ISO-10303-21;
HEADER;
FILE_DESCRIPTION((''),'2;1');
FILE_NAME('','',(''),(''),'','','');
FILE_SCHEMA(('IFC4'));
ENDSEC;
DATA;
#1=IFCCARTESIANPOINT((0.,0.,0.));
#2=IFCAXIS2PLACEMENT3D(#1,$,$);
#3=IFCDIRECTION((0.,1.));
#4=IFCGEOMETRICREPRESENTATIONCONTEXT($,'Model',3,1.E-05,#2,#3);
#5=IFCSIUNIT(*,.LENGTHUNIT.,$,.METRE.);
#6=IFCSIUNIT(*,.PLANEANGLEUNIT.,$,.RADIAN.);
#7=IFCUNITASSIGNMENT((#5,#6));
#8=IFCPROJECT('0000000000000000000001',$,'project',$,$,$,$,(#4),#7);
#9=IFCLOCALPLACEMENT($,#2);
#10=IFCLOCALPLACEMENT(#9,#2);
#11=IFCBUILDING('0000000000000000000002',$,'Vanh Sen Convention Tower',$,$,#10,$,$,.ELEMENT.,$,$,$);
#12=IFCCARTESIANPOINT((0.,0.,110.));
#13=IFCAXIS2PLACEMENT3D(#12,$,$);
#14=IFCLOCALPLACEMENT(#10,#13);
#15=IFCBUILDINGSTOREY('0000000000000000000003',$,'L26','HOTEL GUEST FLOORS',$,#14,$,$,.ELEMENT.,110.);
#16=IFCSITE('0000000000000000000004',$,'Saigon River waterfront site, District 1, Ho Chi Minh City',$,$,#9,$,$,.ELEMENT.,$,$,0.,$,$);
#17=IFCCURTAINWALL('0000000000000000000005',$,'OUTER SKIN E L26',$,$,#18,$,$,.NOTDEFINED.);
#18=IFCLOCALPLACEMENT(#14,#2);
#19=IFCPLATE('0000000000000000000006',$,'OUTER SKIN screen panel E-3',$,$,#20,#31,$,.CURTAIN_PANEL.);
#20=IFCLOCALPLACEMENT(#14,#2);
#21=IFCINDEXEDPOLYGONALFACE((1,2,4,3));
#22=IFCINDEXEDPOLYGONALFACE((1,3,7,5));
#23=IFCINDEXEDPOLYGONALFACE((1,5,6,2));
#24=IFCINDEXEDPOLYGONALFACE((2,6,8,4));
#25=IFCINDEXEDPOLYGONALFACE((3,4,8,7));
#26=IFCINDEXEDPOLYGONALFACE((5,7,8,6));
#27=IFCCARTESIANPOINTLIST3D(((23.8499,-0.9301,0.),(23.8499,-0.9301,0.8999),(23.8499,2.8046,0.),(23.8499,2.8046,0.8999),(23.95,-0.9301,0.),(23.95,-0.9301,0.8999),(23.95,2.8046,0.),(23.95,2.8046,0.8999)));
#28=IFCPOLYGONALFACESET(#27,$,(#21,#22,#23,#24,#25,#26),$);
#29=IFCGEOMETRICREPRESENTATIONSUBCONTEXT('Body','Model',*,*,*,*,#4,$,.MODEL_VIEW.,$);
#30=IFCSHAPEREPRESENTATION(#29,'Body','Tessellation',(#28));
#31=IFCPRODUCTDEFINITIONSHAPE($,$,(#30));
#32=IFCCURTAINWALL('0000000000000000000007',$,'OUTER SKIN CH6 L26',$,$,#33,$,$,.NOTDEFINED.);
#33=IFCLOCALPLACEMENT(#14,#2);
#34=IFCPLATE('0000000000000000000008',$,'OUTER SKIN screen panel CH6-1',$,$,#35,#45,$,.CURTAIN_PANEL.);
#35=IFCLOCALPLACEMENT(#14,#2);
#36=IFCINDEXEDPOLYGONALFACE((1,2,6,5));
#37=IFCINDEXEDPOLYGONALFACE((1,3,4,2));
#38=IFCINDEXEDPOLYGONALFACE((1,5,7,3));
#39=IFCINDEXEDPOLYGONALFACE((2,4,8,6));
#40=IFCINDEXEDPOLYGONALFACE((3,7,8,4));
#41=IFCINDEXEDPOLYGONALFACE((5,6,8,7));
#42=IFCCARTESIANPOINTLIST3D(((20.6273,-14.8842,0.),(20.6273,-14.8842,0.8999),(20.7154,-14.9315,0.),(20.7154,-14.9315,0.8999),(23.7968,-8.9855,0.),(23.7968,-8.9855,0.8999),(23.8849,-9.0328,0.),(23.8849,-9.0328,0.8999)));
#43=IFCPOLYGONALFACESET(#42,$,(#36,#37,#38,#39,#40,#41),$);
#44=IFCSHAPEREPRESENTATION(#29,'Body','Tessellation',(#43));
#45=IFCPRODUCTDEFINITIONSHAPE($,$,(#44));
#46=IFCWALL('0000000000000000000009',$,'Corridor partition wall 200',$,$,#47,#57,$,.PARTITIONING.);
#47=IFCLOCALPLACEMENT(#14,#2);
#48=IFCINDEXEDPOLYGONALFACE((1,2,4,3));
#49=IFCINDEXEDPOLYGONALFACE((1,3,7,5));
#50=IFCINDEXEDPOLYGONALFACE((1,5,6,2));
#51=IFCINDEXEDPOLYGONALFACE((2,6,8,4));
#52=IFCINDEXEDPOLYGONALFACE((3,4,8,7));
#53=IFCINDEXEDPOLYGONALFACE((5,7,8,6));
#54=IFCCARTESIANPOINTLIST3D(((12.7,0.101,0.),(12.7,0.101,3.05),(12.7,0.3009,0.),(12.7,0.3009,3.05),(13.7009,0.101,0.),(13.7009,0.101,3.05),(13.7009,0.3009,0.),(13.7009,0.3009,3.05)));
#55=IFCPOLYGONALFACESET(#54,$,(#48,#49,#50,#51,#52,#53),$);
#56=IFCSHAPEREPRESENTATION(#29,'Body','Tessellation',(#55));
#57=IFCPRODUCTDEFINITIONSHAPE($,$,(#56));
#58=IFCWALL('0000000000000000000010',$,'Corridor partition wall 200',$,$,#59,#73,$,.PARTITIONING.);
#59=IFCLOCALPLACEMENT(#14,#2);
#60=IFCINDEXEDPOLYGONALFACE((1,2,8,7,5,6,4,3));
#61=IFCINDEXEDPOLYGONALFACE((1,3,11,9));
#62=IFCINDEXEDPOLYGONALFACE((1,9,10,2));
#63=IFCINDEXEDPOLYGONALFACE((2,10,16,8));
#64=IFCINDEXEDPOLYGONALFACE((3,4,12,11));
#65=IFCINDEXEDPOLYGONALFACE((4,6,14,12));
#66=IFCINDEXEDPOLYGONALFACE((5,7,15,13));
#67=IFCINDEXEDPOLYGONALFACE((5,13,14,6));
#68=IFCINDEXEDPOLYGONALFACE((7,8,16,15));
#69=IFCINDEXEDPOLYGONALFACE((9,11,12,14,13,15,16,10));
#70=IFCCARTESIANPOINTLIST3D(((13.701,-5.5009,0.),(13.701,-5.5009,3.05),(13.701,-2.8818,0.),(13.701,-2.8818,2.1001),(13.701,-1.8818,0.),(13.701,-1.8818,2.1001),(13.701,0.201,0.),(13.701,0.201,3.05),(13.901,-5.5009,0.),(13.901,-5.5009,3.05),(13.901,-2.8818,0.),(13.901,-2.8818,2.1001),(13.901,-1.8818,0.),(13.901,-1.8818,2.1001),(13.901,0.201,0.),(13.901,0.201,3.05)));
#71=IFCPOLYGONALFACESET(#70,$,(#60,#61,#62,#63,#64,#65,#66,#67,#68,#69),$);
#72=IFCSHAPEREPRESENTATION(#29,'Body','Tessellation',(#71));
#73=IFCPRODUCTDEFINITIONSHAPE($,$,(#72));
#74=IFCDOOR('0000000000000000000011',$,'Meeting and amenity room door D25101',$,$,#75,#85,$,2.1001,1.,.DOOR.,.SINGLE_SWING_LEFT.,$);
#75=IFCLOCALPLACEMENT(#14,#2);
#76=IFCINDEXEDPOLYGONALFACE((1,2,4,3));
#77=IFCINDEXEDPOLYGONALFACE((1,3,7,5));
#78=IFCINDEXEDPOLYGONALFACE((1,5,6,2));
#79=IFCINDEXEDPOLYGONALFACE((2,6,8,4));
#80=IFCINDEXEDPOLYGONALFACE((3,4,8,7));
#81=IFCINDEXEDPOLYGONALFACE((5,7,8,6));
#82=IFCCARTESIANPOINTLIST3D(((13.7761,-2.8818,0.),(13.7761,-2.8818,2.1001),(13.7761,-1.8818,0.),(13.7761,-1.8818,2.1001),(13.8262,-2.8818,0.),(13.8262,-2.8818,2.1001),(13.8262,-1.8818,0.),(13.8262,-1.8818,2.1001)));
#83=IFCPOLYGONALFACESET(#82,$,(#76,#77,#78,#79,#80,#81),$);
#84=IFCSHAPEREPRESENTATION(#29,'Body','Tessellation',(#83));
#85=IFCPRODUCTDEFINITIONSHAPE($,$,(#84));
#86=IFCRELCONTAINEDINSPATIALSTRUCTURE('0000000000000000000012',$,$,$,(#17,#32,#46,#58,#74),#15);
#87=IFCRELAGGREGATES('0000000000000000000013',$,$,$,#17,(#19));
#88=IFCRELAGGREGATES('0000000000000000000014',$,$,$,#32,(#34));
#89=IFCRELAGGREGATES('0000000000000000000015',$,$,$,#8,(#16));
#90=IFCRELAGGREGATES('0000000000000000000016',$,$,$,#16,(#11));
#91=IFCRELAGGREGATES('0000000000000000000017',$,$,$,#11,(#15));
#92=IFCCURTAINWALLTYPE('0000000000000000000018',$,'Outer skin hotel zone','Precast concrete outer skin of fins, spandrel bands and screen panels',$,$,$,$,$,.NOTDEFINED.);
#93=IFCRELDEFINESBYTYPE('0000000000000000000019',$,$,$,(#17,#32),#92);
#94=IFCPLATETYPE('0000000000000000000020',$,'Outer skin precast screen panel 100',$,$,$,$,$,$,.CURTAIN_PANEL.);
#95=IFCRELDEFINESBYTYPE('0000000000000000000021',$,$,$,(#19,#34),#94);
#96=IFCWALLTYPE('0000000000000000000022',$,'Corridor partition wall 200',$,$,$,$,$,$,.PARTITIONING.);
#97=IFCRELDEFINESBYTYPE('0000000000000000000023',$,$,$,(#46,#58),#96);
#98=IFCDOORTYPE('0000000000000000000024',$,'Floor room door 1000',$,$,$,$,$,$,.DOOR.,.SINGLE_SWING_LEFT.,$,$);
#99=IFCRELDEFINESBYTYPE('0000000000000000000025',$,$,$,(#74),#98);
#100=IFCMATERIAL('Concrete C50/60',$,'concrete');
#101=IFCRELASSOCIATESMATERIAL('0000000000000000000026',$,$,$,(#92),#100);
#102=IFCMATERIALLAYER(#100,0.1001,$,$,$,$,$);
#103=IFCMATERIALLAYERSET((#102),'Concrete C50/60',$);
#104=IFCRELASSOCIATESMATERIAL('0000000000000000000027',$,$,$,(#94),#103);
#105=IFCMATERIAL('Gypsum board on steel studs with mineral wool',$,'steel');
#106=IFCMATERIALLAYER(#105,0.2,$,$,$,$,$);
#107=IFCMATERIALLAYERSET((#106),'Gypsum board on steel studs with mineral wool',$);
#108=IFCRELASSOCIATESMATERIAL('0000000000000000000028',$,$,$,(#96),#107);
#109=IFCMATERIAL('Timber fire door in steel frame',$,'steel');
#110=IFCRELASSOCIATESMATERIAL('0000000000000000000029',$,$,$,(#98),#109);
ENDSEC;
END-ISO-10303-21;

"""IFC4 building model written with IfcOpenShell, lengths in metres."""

from ifc_helpers import new_model, si_unit, direction, frame, frame_2d, origin, origin_2d, place, context, subcontext, project, spatial, rectangle, extrude, material, layer, layer_set, type_object, element, fill, aggregate, save


model = new_model("IFC4")

# Units and contexts
model_context = context("Model", 3, precision=1e-05, world=origin(), true_north=direction((0.0, 1.0)))
body_context = subcontext(model_context, "Body", "Model", "MODEL_VIEW")
ifc_project = project(units=[si_unit("LENGTHUNIT", "METRE"), si_unit("PLANEANGLEUNIT", "RADIAN")], contexts=[model_context])

# Site, building, storey
site_placement = place(None, origin())
site = spatial("IfcSite", under=ifc_project, at=site_placement, Name="Saigon River waterfront site, District 1, Ho Chi Minh City", CompositionType="ELEMENT", RefElevation=0.0)
building_placement = place(site_placement, origin())
building = spatial("IfcBuilding", under=site, at=building_placement, Name="Vanh Sen Convention Tower", CompositionType="ELEMENT")
storey_placement = place(building_placement, frame((0.0, 0.0, 110.0)))
storey = spatial("IfcBuildingStorey", under=building, at=storey_placement, Name="L26", Description="HOTEL GUEST FLOORS", CompositionType="ELEMENT", Elevation=110.0)

# Curtain wall
ifc_material_1 = material(Name="Concrete C50/60", Category="concrete")
curtain_wall_type = type_object("IfcCurtainWallType", Name="Outer skin hotel zone", Description="Precast concrete outer skin of fins, spandrel bands and screen panels", PredefinedType="NOTDEFINED", material=ifc_material_1)
curtain_wall_1_placement = place(storey_placement, origin())
curtain_wall_1 = element("IfcCurtainWall", 1, at=curtain_wall_1_placement, inside=storey, type_object=curtain_wall_type, Name="OUTER SKIN E L26", PredefinedType="NOTDEFINED")

# Plate
ifc_layer_1 = layer(ifc_material_1, 0.1001)
ifc_layer_set_1 = layer_set([ifc_layer_1], Name="Concrete C50/60")
plate_type = type_object("IfcPlateType", Name="Outer skin precast screen panel 100", PredefinedType="CURTAIN_PANEL", material=ifc_layer_set_1)
plate_1_placement = place(storey_placement, frame((23.8999, 0.9373, 0.0), z_axis=(0.0, 0.0, 1.0), x_axis=(0.0, 1.0, 0.0)))
plate_1 = element("IfcPlate", 2, at=plate_1_placement, type_object=plate_type, Name="OUTER SKIN screen panel E-3", PredefinedType="CURTAIN_PANEL", context=body_context, shape_type="SweptSolid", body=[
    extrude(rectangle(XDim=3.7346, YDim=0.1001, at=origin_2d()), origin(), (0.0, 0.0, 1.0), 0.8999),
])
aggregate(curtain_wall_1, [plate_1])

# Curtain wall, plate
curtain_wall_2_placement = place(storey_placement, origin())
curtain_wall_2 = element("IfcCurtainWall", 3, at=curtain_wall_2_placement, inside=storey, type_object=curtain_wall_type, Name="OUTER SKIN CH6 L26", PredefinedType="NOTDEFINED")
plate_2_placement = place(storey_placement, frame((22.2561, -11.9585, 0.0), z_axis=(0.0, 0.0, 1.0), x_axis=(0.473323, 0.880889, 0.0)))
plate_2 = element("IfcPlate", 4, at=plate_2_placement, type_object=plate_type, Name="OUTER SKIN screen panel CH6-1", PredefinedType="CURTAIN_PANEL", context=body_context, shape_type="SweptSolid", body=[
    extrude(rectangle(XDim=6.6963, YDim=0.1001, at=origin_2d()), origin(), (0.0, 0.0, 1.0), 0.8999),
])
aggregate(curtain_wall_2, [plate_2])

# Wall
ifc_material_2 = material(Name="Gypsum board on steel studs with mineral wool", Category="steel")
ifc_layer_2 = layer(ifc_material_2, 0.2)
ifc_layer_set_2 = layer_set([ifc_layer_2], Name="Gypsum board on steel studs with mineral wool")
wall_type_1 = type_object("IfcWallType", Name="Corridor partition wall 200", PredefinedType="PARTITIONING", material=ifc_layer_set_2)
wall_1_placement = place(storey_placement, frame((13.7009, 0.2009, 0.0), z_axis=(0.0, 0.0, 1.0), x_axis=(-1.0, 0.0, 0.0)))
element("IfcWall", 5, at=wall_1_placement, inside=storey, type_object=wall_type_1, Name="Corridor partition wall 200", PredefinedType="PARTITIONING", context=body_context, shape_type="SweptSolid", body=[
    extrude(rectangle(XDim=1.001, YDim=0.2, at=frame_2d((0.5005, 0.0))), origin(), (0.0, 0.0, 1.0), 3.05),
])

# Wall, opening, door
wall_2_placement = place(storey_placement, frame((13.801, -5.501, 0.0), z_axis=(0.0, 0.0, 1.0), x_axis=(0.0, 1.0, 0.0)))
wall_2 = element("IfcWall", 6, at=wall_2_placement, inside=storey, type_object=wall_type_1, Name="Corridor partition wall 200", PredefinedType="PARTITIONING", context=body_context, shape_type="SweptSolid", body=[
    extrude(rectangle(XDim=5.7019, YDim=0.2, at=frame_2d((2.8511, 0.0))), origin(), (0.0, 0.0, 1.0), 3.05),
])
opening_1_placement = place(wall_2_placement, frame((2.6191, 0.0, 0.0)))
opening_1 = element("IfcOpeningElement", 7, at=opening_1_placement, cuts=wall_2, PredefinedType="OPENING", context=body_context, shape_type="SweptSolid", body=[
    extrude(rectangle(XDim=1.0, YDim=2.1001, at=frame_2d((0.5, 1.05))), frame((0.0, 0.1099, 0.0), z_axis=(0.0, -1.0, 0.0), x_axis=(1.0, 0.0, 0.0)), (0.0, 0.0, 1.0), 0.22),
])
ifc_material_3 = material(Name="Timber fire door in steel frame", Category="steel")
door_type = type_object("IfcDoorType", Name="Floor room door 1000", OperationType="SINGLE_SWING_LEFT", PredefinedType="DOOR", material=ifc_material_3)
door_placement = place(opening_1_placement, origin())
door = element("IfcDoor", 8, at=door_placement, inside=storey, type_object=door_type, Name="Meeting and amenity room door D25101", OperationType="SINGLE_SWING_LEFT", OverallHeight=2.1001, OverallWidth=1.0, PredefinedType="DOOR", context=body_context, shape_type="SweptSolid", body=[
    extrude(rectangle(XDim=1.0, YDim=2.1001, at=frame_2d((0.5, 1.05))), frame((0.0, 0.0249, 0.0), z_axis=(0.0, -1.0, 0.0), x_axis=(1.0, 0.0, 0.0)), (0.0, 0.0, 1.0), 0.05),
])
fill(opening_1, door)

save(model, "model.ifc")
